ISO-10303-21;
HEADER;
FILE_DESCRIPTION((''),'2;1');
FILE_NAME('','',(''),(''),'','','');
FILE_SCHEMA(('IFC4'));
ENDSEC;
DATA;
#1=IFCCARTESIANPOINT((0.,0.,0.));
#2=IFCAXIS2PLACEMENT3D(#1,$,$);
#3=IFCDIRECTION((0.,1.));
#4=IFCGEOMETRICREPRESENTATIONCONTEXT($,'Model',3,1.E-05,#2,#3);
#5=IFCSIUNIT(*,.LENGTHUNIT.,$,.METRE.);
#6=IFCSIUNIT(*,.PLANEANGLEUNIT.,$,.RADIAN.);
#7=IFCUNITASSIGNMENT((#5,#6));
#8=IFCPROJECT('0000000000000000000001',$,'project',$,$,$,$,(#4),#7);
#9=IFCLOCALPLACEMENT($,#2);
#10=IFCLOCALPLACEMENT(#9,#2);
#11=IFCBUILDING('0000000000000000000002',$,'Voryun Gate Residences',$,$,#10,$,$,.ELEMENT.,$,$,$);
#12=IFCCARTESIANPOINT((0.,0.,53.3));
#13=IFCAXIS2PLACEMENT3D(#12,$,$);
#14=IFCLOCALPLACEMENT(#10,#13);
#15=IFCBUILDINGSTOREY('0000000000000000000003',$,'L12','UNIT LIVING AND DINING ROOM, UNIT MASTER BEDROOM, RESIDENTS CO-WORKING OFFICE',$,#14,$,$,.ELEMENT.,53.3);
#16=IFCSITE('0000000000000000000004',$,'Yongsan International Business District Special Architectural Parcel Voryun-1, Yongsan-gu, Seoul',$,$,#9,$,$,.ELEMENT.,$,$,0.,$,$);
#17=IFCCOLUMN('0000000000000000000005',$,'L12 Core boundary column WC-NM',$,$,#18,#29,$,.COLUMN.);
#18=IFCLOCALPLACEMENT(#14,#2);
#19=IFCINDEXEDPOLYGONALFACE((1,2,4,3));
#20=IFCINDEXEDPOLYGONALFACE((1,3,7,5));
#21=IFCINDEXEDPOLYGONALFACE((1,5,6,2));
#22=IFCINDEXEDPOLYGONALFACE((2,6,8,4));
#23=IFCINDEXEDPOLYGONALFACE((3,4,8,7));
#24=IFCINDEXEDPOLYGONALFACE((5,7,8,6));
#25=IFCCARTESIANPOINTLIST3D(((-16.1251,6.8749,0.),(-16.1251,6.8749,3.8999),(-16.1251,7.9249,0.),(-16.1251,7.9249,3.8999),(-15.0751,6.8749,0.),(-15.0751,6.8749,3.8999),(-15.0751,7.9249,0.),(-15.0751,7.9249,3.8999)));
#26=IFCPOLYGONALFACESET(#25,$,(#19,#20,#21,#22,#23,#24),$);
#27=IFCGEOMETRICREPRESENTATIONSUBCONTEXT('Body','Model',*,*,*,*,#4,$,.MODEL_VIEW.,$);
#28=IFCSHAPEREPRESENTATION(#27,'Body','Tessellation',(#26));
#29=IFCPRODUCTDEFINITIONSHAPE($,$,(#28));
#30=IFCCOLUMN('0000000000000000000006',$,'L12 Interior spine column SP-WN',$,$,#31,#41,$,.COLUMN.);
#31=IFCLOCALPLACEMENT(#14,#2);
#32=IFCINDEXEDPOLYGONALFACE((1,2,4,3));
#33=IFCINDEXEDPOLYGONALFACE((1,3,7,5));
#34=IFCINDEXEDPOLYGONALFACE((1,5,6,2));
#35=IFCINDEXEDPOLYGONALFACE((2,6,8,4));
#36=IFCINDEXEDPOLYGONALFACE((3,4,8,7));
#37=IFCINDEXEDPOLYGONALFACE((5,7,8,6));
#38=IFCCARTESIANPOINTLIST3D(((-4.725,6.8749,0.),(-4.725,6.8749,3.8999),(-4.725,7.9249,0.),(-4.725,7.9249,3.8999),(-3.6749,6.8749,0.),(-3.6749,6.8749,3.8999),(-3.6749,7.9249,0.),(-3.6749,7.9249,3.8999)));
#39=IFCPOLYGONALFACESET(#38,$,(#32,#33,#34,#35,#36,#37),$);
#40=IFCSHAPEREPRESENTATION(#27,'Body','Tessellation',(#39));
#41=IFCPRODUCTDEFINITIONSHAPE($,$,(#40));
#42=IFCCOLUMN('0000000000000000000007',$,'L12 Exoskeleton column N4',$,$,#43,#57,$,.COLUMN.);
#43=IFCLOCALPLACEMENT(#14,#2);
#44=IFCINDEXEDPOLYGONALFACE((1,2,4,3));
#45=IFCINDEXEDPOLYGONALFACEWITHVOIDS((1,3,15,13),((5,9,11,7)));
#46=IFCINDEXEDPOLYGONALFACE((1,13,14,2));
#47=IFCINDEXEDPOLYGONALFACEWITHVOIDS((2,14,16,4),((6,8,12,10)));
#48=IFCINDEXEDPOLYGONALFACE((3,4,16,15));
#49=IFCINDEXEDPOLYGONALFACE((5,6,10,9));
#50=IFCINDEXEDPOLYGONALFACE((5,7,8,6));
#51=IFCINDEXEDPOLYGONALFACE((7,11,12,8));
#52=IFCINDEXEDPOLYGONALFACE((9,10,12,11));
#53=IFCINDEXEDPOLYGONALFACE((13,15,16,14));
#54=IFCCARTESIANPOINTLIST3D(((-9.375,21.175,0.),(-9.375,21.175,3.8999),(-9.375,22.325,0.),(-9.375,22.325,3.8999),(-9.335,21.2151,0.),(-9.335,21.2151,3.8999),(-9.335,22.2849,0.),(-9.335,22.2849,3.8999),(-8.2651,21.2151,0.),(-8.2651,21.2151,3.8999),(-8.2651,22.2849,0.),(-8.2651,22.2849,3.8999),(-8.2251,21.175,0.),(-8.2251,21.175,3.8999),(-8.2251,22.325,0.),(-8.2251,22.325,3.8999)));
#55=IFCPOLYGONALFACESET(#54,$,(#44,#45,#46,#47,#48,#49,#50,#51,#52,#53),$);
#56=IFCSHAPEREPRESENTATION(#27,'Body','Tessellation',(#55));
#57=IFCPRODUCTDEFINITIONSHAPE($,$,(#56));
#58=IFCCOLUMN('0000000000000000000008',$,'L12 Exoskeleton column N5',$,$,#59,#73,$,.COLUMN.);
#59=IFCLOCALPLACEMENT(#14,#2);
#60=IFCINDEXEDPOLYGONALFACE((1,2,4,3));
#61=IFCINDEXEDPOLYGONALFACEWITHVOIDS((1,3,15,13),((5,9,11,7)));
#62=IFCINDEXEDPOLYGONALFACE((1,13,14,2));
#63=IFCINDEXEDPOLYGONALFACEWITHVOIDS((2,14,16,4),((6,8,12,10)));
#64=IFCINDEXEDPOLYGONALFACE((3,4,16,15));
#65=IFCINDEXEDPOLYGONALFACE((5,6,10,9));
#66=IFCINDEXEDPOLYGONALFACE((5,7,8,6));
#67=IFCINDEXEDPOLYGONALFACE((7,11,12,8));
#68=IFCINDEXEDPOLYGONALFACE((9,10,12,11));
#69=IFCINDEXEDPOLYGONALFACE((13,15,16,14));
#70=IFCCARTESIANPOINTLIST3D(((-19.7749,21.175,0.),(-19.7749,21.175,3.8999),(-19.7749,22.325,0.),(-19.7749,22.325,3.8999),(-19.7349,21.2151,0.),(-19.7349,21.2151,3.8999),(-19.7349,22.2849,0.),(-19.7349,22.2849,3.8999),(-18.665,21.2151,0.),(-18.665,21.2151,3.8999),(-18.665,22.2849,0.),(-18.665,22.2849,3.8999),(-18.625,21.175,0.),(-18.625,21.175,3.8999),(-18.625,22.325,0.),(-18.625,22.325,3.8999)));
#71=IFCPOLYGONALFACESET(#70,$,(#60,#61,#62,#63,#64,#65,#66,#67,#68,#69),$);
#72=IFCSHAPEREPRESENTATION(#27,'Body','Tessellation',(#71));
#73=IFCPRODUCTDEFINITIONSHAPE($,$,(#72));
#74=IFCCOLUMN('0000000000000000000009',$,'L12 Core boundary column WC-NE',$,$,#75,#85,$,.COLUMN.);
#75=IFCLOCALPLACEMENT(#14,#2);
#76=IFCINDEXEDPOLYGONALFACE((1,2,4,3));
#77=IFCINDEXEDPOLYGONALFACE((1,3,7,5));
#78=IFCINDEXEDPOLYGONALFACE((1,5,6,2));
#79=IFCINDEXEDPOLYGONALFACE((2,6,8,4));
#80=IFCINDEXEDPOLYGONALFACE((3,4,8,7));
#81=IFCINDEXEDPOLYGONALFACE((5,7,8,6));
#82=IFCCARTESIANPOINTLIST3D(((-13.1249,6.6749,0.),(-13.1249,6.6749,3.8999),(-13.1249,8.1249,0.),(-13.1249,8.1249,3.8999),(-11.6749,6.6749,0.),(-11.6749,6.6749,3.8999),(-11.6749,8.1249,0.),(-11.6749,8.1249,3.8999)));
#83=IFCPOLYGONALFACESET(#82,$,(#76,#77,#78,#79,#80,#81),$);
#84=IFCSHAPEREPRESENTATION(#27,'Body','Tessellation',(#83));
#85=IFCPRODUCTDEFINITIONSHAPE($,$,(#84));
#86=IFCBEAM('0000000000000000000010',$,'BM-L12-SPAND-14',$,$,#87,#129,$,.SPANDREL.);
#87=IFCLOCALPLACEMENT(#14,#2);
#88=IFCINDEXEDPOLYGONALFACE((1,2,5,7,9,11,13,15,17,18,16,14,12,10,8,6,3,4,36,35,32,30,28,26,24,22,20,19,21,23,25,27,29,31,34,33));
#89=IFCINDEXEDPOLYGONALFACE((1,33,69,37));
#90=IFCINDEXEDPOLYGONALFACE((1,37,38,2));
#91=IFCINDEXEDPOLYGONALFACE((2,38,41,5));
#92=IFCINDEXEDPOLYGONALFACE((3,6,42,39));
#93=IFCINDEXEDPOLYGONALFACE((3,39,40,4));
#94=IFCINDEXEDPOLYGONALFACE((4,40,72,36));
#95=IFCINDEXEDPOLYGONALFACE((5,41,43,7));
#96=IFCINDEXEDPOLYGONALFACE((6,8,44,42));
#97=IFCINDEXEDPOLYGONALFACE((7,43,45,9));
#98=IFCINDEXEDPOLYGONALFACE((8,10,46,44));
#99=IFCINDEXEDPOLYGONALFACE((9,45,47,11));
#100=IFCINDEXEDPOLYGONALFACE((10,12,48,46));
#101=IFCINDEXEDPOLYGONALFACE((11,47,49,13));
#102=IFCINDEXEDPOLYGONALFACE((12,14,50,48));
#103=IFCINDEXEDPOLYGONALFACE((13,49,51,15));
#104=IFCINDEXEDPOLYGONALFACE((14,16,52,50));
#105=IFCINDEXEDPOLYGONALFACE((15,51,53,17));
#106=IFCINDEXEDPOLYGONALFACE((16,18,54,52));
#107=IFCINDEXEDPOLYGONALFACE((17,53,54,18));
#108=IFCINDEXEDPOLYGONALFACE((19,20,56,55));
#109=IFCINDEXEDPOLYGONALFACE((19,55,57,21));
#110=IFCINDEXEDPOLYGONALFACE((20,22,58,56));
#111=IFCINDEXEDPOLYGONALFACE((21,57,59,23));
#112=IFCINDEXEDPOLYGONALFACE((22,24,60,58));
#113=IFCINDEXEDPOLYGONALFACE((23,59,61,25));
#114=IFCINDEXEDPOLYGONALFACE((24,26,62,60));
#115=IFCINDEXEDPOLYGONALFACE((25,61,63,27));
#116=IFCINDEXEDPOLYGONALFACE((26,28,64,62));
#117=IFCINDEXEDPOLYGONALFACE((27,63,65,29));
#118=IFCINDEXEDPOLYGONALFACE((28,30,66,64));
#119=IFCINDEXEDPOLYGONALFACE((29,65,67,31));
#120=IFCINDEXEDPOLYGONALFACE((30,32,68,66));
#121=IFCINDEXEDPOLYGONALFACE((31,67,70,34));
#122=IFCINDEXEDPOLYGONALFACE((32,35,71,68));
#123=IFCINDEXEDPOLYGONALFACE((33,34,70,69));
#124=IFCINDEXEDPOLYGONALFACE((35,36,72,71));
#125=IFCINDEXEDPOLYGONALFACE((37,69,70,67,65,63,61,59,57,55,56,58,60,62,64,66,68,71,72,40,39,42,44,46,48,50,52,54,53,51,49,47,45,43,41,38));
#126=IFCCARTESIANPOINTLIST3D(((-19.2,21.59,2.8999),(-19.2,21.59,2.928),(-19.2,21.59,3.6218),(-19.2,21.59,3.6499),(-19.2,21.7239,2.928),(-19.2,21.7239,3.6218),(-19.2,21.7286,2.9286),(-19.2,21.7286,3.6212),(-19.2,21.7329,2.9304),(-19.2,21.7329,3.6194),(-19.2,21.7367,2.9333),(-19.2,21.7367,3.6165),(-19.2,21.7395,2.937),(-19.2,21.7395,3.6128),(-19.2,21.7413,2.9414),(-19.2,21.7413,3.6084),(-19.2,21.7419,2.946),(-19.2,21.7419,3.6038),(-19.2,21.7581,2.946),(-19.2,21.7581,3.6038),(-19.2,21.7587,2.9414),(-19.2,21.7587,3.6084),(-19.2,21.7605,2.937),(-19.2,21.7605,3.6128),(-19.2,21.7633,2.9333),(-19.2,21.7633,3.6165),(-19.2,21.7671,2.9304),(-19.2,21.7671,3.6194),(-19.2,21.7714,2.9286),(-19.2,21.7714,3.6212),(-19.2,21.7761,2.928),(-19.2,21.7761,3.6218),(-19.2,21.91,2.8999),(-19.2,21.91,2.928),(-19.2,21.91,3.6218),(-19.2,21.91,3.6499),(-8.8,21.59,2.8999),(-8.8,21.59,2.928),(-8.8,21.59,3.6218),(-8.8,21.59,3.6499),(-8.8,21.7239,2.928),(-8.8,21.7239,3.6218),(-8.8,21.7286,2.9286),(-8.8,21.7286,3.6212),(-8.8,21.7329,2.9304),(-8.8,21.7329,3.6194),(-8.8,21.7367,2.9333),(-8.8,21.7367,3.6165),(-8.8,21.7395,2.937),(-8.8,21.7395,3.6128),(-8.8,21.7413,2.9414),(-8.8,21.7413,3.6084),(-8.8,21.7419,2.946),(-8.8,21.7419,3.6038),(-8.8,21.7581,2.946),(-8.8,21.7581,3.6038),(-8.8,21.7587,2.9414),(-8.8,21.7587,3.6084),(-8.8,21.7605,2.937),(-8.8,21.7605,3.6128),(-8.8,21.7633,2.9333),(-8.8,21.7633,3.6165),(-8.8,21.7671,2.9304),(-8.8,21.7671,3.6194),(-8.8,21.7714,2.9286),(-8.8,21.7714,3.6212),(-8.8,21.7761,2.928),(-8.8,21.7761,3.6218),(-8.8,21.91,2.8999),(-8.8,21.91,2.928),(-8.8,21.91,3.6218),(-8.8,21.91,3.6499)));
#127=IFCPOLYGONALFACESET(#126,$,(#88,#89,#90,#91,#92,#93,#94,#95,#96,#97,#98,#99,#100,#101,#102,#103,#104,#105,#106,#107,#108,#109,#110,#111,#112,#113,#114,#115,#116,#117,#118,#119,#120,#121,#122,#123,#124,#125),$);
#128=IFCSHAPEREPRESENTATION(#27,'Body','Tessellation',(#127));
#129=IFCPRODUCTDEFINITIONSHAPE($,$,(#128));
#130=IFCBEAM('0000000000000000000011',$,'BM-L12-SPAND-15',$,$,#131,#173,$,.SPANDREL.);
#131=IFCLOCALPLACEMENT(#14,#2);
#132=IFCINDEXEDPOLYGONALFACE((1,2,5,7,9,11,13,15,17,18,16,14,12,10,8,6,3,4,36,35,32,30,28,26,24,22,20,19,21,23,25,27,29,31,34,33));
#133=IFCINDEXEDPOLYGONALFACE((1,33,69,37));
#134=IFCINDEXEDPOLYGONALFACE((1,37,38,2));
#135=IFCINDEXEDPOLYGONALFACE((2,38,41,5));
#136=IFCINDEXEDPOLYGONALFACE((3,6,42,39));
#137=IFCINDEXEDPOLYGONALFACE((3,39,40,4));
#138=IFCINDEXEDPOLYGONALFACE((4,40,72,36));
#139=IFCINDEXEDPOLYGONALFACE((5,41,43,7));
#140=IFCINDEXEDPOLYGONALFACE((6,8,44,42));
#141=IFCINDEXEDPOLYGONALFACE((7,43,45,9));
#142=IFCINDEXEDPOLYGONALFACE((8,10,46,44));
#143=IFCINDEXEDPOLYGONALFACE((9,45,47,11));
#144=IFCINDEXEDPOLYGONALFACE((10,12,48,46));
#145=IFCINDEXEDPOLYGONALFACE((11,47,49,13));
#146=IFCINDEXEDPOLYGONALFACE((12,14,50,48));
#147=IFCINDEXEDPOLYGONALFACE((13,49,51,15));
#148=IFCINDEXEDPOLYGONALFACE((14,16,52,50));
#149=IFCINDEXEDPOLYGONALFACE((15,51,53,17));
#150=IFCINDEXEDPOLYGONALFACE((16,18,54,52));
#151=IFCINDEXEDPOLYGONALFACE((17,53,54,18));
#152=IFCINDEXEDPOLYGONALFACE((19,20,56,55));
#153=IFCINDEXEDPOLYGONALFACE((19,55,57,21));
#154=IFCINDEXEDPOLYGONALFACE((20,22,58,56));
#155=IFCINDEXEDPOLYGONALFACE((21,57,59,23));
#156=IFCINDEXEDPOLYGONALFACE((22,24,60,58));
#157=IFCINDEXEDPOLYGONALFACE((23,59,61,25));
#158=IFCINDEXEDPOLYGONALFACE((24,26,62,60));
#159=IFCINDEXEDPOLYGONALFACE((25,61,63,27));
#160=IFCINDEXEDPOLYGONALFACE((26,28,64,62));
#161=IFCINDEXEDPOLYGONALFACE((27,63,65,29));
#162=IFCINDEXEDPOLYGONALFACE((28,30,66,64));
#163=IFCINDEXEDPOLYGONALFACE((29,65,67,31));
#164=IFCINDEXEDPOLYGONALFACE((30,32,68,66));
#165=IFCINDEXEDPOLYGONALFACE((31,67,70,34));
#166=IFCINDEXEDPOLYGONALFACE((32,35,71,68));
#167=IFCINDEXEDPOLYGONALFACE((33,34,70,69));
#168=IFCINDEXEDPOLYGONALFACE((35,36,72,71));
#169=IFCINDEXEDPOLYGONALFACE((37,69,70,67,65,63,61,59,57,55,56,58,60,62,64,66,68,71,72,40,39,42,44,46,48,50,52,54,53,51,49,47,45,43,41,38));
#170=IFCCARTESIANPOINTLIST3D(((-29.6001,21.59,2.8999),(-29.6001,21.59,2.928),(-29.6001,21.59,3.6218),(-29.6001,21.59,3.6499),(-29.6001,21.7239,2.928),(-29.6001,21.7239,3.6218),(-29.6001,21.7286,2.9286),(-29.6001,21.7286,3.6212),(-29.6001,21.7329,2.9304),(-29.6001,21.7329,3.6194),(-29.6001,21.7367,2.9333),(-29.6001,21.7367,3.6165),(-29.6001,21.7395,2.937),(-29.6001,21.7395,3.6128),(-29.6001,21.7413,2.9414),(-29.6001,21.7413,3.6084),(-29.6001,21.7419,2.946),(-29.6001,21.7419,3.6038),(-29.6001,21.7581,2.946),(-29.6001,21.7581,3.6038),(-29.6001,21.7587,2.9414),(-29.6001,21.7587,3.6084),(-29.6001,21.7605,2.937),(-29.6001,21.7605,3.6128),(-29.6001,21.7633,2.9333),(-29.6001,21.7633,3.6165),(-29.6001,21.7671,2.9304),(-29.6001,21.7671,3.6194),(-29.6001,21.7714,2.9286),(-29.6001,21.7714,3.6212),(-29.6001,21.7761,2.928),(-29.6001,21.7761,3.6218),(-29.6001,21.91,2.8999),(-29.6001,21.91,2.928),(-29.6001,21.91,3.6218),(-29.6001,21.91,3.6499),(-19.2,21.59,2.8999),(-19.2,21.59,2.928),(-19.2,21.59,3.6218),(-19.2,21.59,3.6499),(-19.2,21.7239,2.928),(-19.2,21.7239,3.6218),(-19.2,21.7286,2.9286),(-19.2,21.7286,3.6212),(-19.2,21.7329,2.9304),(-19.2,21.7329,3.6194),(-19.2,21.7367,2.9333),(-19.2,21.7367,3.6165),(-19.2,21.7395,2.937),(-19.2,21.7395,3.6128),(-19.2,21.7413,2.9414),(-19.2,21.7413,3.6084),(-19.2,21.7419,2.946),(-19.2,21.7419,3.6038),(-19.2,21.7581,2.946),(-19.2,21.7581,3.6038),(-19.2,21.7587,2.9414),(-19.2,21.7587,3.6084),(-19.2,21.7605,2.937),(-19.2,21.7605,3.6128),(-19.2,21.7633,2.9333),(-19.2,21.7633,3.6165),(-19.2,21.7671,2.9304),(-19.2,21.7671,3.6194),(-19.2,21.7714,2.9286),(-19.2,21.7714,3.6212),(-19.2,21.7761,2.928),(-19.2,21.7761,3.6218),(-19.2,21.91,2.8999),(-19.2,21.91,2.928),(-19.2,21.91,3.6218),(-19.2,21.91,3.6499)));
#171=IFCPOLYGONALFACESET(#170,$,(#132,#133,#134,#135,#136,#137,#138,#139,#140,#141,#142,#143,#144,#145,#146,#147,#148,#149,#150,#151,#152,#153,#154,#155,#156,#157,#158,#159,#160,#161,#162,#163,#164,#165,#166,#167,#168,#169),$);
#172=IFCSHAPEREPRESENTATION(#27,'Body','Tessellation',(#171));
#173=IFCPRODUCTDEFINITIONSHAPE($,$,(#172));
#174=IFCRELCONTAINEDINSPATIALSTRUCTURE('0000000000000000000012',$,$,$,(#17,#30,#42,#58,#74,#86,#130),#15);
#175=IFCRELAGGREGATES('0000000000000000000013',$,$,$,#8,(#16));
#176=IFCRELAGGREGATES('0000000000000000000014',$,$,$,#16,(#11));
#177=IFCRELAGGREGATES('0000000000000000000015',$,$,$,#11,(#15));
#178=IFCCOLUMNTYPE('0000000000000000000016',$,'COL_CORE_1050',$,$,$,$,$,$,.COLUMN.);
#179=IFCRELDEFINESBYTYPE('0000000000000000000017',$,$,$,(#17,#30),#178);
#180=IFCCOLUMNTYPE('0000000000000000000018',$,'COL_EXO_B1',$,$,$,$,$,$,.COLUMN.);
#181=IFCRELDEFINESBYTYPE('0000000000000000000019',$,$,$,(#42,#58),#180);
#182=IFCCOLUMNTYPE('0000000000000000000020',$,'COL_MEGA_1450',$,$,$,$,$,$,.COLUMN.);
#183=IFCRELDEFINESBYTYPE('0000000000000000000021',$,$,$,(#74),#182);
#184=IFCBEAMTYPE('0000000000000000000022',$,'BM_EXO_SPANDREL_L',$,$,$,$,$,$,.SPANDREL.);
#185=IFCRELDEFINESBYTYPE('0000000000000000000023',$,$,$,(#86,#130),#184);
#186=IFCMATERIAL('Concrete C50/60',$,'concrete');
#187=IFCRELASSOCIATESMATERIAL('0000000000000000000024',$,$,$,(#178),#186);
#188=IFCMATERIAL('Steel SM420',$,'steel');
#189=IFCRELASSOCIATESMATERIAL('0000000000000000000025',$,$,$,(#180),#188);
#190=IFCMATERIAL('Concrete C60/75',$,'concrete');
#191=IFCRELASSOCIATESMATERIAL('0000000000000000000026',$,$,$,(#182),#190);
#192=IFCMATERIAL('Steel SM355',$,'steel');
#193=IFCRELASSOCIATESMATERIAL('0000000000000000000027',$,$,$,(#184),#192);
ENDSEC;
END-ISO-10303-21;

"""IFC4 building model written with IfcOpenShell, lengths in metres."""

from ifc_helpers import new_model, si_unit, direction, frame, origin, origin_2d, place, context, subcontext, project, spatial, rectangle, hollow_rectangle, i_section, extrude, material, material_profile, profile_set, type_object, element, save


model = new_model("IFC4")

# Units and contexts
model_context = context("Model", 3, precision=1e-05, world=origin(), true_north=direction((0.0, 1.0)))
body_context = subcontext(model_context, "Body", "Model", "MODEL_VIEW")
ifc_project = project(units=[si_unit("LENGTHUNIT", "METRE"), si_unit("PLANEANGLEUNIT", "RADIAN")], contexts=[model_context])

# Site, building, storey
site_placement = place(None, origin())
site = spatial("IfcSite", under=ifc_project, at=site_placement, Name="Yongsan International Business District Special Architectural Parcel Voryun-1, Yongsan-gu, Seoul", CompositionType="ELEMENT", RefElevation=0.0)
building_placement = place(site_placement, origin())
building = spatial("IfcBuilding", under=site, at=building_placement, Name="Voryun Gate Residences", CompositionType="ELEMENT")
storey_placement = place(building_placement, frame((0.0, 0.0, 53.3)))
storey = spatial("IfcBuildingStorey", under=building, at=storey_placement, Name="L12", Description="UNIT LIVING AND DINING ROOM, UNIT MASTER BEDROOM, RESIDENTS CO-WORKING OFFICE", CompositionType="ELEMENT", Elevation=53.3)

# Columns
ifc_material_1 = material(Name="Concrete C50/60", Category="concrete")
ifc_material_profile_1 = material_profile(ifc_material_1, rectangle(XDim=1.05, YDim=1.05, at=origin_2d()), Name="RC-1050x1050")
ifc_profile_set_1 = profile_set([ifc_material_profile_1], Name="Concrete C50/60")
column_type_1 = type_object("IfcColumnType", Name="COL_CORE_1050", PredefinedType="COLUMN", material=ifc_profile_set_1)
for number, where, z_axis, x_axis, name in (
    (1, (-15.6001, 7.3999, 0.0), (0.0, 0.0, 1.0), (1.0, 0.0, 0.0), "L12 Core boundary column WC-NM"),
    (2, (-4.2, 7.3999, 0.0), (0.0, 0.0, 1.0), (1.0, 0.0, 0.0), "L12 Interior spine column SP-WN"),
):
    element("IfcColumn", number, at=place(storey_placement, frame(where, z_axis=z_axis, x_axis=x_axis)), inside=storey, type_object=column_type_1, Name=name, PredefinedType="COLUMN", context=body_context, shape_type="SweptSolid", body=[
        extrude(rectangle(XDim=1.05, YDim=1.05, at=origin_2d()), origin(), (0.0, 0.0, 1.0), 3.8999),
    ])
ifc_material_2 = material(Name="Steel SM420", Category="steel")
ifc_material_profile_2 = material_profile(ifc_material_2, hollow_rectangle(XDim=1.1499, YDim=1.1499, WallThickness=0.04, at=origin_2d()), Name="BOX-1150x1150x40")
ifc_profile_set_2 = profile_set([ifc_material_profile_2], Name="Steel SM420")
column_type_2 = type_object("IfcColumnType", Name="COL_EXO_B1", PredefinedType="COLUMN", material=ifc_profile_set_2)
for number, where, z_axis, x_axis, name in (
    (3, (-8.8, 21.75, 0.0), (0.0, 0.0, 1.0), (1.0, 0.0, 0.0), "L12 Exoskeleton column N4"),
    (4, (-19.2, 21.75, 0.0), (0.0, 0.0, 1.0), (1.0, 0.0, 0.0), "L12 Exoskeleton column N5"),
):
    element("IfcColumn", number, at=place(storey_placement, frame(where, z_axis=z_axis, x_axis=x_axis)), inside=storey, type_object=column_type_2, Name=name, PredefinedType="COLUMN", context=body_context, shape_type="SweptSolid", body=[
        extrude(hollow_rectangle(XDim=1.1499, YDim=1.1499, WallThickness=0.04, at=origin_2d()), origin(), (0.0, 0.0, 1.0), 3.8999),
    ])
ifc_material_3 = material(Name="Concrete C60/75", Category="concrete")
ifc_material_profile_3 = material_profile(ifc_material_3, rectangle(XDim=1.45, YDim=1.45, at=origin_2d()), Name="RC-1450x1450")
ifc_profile_set_3 = profile_set([ifc_material_profile_3], Name="Concrete C60/75")
column_type_3 = type_object("IfcColumnType", Name="COL_MEGA_1450", PredefinedType="COLUMN", material=ifc_profile_set_3)
column_placement = place(storey_placement, frame((-12.3999, 7.3999, 0.0), z_axis=(0.0, 0.0, 1.0), x_axis=(1.0, 0.0, 0.0)))
element("IfcColumn", 5, at=column_placement, inside=storey, type_object=column_type_3, Name="L12 Core boundary column WC-NE", PredefinedType="COLUMN", context=body_context, shape_type="SweptSolid", body=[
    extrude(rectangle(XDim=1.45, YDim=1.45, at=origin_2d()), origin(), (0.0, 0.0, 1.0), 3.8999),
])

# Beams
ifc_material_4 = material(Name="Steel SM355", Category="steel")
ifc_material_profile_4 = material_profile(ifc_material_4, i_section(OverallWidth=0.3201, OverallDepth=0.75, WebThickness=0.0161, FlangeThickness=0.0281, FilletRadius=0.0181, at=origin_2d()), Name="H-750x320x16x28")
ifc_profile_set_4 = profile_set([ifc_material_profile_4], Name="Steel SM355")
beam_type_1 = type_object("IfcBeamType", Name="BM_EXO_SPANDREL_L", PredefinedType="SPANDREL", material=ifc_profile_set_4)
beam_1_placement = place(storey_placement, frame((-8.8, 21.75, 3.2749), z_axis=(-1.0, 0.0, 0.0), x_axis=(0.0, -1.0, 0.0)))
element("IfcBeam", 6, at=beam_1_placement, inside=storey, type_object=beam_type_1, Name="BM-L12-SPAND-14", PredefinedType="SPANDREL", context=body_context, shape_type="SweptSolid", body=[
    extrude(i_section(OverallWidth=0.3201, OverallDepth=0.75, WebThickness=0.0161, FlangeThickness=0.0281, FilletRadius=0.0181, at=origin_2d()), origin(), (0.0, 0.0, 1.0), 10.3999),
])
beam_2_placement = place(storey_placement, frame((-19.2, 21.75, 3.2749), z_axis=(-1.0, 0.0, 0.0), x_axis=(0.0, -1.0, 0.0)))
element("IfcBeam", 7, at=beam_2_placement, inside=storey, type_object=beam_type_1, Name="BM-L12-SPAND-15", PredefinedType="SPANDREL", context=body_context, shape_type="SweptSolid", body=[
    extrude(i_section(OverallWidth=0.3201, OverallDepth=0.75, WebThickness=0.0161, FlangeThickness=0.0281, FilletRadius=0.0181, at=origin_2d()), origin(), (0.0, 0.0, 1.0), 10.4001),
])

save(model, "model.ifc")
